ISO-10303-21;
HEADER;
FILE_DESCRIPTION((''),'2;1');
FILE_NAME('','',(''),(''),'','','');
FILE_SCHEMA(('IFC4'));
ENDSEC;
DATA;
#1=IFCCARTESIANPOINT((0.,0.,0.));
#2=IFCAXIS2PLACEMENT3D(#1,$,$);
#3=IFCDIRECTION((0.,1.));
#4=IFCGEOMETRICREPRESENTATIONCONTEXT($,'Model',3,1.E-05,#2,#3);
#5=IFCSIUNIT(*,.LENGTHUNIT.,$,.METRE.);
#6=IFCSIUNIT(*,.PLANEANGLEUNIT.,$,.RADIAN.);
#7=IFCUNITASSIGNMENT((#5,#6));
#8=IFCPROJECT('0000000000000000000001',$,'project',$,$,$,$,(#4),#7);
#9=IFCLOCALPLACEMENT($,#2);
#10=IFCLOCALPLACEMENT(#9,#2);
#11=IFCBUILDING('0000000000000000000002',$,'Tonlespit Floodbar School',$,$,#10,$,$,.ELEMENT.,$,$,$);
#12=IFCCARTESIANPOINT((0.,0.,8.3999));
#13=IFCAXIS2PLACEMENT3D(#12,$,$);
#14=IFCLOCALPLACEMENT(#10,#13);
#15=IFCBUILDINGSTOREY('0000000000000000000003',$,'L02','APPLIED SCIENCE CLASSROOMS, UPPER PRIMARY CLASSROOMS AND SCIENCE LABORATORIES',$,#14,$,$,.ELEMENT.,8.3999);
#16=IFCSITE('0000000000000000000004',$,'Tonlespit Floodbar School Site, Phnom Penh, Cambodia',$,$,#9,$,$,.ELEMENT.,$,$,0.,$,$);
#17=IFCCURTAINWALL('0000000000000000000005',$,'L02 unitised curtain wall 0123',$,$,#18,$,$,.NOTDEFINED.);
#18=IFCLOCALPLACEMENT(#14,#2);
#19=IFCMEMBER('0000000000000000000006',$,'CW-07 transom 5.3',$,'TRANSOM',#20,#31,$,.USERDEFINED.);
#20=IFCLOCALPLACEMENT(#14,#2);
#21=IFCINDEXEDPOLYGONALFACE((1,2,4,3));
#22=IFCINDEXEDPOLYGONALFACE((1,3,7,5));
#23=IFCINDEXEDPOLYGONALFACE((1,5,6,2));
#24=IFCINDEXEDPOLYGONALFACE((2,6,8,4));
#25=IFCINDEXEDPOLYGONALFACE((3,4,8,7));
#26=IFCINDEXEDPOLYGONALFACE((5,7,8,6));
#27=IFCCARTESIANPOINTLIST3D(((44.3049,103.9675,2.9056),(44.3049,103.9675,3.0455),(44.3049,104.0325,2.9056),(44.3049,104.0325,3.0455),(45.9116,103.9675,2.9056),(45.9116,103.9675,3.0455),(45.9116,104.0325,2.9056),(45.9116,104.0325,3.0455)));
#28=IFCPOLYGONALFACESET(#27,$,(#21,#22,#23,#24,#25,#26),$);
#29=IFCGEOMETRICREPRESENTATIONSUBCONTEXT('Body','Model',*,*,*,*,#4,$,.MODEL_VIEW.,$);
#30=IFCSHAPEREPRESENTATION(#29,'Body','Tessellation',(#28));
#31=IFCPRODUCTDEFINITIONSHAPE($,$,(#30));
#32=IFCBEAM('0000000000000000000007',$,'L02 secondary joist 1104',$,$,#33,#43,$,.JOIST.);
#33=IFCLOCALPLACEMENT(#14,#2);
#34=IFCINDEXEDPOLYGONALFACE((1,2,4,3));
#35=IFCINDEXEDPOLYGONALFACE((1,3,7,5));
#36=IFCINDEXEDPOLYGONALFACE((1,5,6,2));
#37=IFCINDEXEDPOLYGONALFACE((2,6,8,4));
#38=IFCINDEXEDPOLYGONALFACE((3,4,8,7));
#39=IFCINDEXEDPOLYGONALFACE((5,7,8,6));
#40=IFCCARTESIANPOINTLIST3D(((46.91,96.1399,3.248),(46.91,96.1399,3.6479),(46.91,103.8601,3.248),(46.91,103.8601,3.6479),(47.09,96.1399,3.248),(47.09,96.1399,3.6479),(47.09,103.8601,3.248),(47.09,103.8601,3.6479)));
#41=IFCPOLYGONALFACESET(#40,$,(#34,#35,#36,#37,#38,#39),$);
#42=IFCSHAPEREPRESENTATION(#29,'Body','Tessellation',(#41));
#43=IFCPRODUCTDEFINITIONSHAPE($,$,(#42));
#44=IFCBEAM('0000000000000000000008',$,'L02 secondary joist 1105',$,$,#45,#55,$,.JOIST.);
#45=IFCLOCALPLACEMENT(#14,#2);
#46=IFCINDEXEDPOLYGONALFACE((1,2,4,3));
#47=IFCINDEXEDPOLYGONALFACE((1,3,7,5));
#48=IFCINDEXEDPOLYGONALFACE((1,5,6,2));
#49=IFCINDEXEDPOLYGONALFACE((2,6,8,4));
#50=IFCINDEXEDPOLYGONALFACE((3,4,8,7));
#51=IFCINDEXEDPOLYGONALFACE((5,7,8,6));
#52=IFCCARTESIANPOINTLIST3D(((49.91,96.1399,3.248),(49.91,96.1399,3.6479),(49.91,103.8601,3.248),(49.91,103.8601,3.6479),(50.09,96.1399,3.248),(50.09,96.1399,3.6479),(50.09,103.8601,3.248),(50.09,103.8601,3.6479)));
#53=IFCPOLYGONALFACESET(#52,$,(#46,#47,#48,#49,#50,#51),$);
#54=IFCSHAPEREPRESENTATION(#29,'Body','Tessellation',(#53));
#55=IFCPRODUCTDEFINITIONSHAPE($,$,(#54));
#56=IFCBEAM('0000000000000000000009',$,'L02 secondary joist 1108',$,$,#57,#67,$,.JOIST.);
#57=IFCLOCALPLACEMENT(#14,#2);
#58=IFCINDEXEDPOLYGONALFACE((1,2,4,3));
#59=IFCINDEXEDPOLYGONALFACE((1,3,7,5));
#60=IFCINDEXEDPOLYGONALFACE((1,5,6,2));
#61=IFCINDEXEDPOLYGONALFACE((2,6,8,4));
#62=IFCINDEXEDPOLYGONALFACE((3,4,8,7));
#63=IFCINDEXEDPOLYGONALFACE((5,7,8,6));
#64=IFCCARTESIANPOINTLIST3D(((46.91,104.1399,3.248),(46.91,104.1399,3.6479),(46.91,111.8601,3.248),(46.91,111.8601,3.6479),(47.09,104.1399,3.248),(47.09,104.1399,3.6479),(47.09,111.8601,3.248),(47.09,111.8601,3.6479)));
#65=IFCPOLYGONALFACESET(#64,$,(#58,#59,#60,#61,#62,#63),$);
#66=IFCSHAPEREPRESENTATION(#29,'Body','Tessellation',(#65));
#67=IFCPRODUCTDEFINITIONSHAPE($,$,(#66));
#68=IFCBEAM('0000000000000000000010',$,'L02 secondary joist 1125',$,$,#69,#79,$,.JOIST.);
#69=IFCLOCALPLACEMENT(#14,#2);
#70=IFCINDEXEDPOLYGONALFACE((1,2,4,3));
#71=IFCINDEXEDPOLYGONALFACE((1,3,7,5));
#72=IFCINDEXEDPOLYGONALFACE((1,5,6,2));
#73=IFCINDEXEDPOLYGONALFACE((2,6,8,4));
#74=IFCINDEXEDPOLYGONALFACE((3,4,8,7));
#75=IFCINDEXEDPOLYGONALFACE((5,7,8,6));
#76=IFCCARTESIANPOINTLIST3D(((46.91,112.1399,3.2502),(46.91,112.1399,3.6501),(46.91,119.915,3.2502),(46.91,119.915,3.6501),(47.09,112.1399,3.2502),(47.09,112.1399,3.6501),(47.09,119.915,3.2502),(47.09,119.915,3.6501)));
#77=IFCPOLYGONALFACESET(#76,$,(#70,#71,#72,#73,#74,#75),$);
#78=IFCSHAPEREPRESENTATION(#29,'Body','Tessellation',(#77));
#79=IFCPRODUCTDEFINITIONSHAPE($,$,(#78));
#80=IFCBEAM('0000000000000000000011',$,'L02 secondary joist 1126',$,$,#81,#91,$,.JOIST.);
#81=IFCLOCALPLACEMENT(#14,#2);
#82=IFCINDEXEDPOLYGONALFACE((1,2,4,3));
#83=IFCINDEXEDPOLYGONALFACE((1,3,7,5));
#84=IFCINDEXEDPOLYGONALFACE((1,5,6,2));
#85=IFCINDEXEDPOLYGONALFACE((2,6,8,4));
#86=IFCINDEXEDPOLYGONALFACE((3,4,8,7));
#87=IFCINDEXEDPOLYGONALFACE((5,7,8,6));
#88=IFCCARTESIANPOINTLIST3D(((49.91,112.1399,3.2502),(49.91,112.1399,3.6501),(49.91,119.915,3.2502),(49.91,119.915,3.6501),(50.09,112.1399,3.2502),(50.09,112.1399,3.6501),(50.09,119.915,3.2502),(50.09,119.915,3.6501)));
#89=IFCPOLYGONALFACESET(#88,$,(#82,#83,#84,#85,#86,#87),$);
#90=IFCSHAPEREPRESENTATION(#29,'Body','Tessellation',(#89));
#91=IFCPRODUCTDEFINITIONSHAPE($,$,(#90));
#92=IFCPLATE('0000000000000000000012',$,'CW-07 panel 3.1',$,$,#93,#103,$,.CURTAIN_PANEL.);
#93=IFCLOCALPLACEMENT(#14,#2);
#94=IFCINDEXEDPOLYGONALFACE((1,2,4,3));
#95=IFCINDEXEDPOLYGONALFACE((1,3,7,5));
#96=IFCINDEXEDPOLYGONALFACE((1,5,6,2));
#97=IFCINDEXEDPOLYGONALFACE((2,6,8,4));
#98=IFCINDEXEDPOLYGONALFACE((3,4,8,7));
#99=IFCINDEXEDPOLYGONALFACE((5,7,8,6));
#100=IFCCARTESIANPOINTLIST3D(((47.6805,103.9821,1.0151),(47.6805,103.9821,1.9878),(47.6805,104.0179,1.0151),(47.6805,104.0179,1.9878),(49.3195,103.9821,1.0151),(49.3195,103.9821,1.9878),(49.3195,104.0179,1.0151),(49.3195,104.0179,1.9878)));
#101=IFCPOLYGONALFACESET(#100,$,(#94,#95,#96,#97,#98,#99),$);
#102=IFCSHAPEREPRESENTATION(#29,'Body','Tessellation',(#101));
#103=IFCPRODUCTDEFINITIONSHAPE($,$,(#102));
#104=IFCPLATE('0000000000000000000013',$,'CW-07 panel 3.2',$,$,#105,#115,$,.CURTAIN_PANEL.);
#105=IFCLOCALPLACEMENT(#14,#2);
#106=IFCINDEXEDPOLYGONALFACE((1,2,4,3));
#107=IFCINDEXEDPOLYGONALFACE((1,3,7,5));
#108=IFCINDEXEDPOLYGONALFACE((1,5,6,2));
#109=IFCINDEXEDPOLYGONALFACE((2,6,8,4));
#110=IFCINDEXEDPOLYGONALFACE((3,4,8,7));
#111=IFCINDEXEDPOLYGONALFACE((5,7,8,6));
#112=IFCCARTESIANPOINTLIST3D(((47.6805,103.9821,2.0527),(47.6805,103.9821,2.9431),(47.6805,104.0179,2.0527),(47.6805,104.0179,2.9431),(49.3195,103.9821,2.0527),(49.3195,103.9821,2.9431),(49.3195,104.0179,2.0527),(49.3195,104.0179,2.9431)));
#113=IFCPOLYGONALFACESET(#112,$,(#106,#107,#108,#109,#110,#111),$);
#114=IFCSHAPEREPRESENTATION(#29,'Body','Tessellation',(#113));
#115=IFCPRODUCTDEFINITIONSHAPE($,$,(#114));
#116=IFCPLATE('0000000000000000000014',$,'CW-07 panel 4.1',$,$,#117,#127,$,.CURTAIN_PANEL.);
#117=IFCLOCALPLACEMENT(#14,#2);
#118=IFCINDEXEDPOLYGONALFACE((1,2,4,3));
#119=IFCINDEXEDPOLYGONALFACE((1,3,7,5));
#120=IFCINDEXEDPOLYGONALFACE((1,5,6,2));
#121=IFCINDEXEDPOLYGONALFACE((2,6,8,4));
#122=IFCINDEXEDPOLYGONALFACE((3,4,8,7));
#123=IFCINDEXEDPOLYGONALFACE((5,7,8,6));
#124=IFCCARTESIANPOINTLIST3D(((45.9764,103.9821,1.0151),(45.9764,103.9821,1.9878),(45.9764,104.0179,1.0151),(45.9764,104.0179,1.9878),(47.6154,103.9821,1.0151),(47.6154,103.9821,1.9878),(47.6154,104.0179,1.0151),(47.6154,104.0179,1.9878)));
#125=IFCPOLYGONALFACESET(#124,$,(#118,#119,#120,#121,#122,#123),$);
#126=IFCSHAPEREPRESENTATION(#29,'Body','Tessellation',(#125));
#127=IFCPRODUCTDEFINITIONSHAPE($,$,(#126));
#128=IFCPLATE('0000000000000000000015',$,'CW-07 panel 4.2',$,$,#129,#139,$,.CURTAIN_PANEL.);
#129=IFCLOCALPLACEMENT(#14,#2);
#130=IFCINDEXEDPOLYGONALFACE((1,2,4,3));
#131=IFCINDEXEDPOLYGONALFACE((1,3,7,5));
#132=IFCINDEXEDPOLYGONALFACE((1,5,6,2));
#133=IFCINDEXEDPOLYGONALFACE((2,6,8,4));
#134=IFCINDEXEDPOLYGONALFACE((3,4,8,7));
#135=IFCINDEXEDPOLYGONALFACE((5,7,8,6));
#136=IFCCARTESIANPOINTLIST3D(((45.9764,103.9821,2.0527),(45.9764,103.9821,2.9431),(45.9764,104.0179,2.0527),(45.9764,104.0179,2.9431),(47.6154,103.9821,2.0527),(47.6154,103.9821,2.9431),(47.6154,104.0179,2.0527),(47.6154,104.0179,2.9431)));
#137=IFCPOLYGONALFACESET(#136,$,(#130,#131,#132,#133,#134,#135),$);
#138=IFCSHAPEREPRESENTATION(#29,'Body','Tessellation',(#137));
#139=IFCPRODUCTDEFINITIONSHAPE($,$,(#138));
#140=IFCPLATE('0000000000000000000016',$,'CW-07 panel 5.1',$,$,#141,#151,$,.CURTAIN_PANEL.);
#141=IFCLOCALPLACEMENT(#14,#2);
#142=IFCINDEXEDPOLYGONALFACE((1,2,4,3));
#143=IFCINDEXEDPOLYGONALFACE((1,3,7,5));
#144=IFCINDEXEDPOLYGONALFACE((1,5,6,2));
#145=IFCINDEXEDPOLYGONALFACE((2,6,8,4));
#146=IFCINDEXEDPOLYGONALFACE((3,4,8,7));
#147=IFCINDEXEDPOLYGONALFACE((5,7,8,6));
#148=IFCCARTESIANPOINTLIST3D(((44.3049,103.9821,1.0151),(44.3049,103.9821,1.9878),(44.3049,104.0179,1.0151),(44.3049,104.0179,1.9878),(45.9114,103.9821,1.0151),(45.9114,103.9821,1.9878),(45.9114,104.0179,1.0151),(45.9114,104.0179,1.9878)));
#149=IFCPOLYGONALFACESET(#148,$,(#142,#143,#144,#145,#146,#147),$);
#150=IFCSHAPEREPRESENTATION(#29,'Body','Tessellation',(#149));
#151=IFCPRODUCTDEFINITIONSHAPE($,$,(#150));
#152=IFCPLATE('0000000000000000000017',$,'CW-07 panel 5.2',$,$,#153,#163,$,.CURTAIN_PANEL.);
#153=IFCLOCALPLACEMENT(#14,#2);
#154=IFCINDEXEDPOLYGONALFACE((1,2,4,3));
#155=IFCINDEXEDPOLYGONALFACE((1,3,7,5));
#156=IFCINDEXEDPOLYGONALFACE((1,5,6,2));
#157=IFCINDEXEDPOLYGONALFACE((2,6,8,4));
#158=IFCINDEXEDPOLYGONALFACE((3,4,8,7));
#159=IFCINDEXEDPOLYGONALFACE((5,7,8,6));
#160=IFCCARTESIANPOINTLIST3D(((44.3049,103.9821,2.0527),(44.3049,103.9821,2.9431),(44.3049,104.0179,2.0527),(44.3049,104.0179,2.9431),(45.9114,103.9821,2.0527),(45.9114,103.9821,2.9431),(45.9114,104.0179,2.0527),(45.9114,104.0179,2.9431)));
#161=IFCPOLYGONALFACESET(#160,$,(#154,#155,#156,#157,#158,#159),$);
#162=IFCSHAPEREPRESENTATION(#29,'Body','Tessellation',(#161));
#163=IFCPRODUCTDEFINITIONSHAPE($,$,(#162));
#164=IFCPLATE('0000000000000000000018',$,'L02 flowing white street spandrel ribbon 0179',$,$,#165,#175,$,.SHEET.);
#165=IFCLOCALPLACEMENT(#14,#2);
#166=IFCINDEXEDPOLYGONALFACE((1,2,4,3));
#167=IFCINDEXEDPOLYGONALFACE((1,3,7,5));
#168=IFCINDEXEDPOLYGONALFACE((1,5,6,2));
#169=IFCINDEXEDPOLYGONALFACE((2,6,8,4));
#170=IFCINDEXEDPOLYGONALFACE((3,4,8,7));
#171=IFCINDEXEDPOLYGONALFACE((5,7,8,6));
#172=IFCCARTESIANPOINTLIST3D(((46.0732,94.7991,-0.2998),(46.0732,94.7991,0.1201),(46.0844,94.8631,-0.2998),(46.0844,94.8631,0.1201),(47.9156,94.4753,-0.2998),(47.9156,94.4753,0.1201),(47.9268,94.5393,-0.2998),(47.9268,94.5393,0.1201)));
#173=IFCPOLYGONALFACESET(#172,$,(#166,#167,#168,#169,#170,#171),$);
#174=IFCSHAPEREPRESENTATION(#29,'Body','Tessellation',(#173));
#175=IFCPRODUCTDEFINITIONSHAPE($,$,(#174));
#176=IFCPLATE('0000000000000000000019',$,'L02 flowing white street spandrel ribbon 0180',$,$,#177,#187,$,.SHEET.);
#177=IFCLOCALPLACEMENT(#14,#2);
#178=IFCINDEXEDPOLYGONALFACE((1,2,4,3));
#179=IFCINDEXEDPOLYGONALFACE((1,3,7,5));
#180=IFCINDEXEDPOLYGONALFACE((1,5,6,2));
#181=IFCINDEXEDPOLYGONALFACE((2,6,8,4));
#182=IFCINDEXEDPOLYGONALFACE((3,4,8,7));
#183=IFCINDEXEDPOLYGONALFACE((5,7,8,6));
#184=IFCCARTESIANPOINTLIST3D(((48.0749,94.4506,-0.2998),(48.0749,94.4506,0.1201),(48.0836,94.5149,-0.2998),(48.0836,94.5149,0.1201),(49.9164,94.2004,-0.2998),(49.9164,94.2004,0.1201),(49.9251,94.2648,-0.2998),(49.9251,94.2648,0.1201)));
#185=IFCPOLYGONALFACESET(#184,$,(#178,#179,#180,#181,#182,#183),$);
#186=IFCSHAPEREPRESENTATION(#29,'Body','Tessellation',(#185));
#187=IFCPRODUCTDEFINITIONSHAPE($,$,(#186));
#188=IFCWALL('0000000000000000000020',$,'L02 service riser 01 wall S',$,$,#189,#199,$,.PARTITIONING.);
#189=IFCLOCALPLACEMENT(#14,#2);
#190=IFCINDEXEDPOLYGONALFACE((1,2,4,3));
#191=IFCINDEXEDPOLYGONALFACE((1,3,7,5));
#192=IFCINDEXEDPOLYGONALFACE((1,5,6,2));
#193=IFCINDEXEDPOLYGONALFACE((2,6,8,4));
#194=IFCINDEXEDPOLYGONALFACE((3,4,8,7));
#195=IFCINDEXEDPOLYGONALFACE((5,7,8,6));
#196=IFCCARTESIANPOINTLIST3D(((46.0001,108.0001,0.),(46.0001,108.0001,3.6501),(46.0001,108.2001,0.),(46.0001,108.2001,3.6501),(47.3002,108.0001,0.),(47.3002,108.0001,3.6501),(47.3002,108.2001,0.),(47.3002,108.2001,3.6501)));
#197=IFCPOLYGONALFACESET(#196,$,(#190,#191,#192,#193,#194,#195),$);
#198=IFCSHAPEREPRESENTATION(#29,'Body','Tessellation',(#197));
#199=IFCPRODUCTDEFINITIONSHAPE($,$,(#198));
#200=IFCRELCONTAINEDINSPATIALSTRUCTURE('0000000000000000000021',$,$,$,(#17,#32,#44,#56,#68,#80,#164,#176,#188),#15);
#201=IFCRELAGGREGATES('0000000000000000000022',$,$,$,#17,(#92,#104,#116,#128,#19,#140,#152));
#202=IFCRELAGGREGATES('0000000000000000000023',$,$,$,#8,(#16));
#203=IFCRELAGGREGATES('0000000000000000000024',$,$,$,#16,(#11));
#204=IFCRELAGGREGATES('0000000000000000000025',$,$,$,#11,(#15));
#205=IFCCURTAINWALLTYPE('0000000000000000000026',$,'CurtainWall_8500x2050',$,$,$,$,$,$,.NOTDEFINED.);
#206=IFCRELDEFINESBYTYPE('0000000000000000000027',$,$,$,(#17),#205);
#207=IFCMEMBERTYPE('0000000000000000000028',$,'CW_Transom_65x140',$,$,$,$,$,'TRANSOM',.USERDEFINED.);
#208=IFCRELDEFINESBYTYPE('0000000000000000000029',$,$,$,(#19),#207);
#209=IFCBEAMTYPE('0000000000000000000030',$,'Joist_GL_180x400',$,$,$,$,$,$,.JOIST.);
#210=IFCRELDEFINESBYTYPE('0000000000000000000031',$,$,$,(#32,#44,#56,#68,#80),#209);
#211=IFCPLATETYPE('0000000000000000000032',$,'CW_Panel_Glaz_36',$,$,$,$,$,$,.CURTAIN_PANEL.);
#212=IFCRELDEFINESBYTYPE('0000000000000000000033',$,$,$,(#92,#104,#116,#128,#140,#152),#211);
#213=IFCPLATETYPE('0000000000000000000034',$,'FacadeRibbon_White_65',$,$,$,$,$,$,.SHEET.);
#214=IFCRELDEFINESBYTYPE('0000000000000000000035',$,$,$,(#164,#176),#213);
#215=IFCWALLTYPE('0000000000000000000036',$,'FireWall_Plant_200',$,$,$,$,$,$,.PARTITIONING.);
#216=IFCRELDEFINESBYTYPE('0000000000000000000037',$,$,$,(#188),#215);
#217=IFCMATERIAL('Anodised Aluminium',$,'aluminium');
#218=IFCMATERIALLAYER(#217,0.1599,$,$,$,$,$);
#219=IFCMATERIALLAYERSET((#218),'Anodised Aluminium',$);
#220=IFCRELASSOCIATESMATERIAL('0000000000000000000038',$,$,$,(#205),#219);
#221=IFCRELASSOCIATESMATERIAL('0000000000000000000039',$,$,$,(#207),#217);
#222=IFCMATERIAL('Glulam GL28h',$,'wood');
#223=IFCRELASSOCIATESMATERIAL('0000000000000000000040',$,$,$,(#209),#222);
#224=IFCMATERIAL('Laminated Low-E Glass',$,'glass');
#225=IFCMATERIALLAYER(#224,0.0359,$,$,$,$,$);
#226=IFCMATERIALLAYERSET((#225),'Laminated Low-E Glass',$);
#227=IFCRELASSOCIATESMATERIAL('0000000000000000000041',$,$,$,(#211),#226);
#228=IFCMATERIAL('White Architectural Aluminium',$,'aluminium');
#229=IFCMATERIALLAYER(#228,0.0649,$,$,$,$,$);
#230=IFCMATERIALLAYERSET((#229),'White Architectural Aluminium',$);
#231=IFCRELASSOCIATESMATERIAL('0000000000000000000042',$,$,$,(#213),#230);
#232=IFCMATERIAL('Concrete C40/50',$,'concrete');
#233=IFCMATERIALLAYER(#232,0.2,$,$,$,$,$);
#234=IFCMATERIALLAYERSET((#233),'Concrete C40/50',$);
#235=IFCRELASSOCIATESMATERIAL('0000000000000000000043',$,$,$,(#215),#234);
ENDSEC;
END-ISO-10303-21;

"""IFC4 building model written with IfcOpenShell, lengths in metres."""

from ifc_helpers import new_model, si_unit, direction, frame, frame_2d, origin, origin_2d, place, context, subcontext, project, spatial, rectangle, extrude, material, layer, layer_set, material_profile, profile_set, type_object, element, aggregate, save


model = new_model("IFC4")

# Units and contexts
model_context = context("Model", 3, precision=1e-05, world=origin(), true_north=direction((0.0, 1.0)))
body_context = subcontext(model_context, "Body", "Model", "MODEL_VIEW")
ifc_project = project(units=[si_unit("LENGTHUNIT", "METRE"), si_unit("PLANEANGLEUNIT", "RADIAN")], contexts=[model_context])

# Site, building, storey
site_placement = place(None, origin())
site = spatial("IfcSite", under=ifc_project, at=site_placement, Name="Tonlespit Floodbar School Site, Phnom Penh, Cambodia", CompositionType="ELEMENT", RefElevation=0.0)
building_placement = place(site_placement, origin())
building = spatial("IfcBuilding", under=site, at=building_placement, Name="Tonlespit Floodbar School", CompositionType="ELEMENT")
storey_placement = place(building_placement, frame((0.0, 0.0, 8.3999)))
storey = spatial("IfcBuildingStorey", under=building, at=storey_placement, Name="L02", Description="APPLIED SCIENCE CLASSROOMS, UPPER PRIMARY CLASSROOMS AND SCIENCE LABORATORIES", CompositionType="ELEMENT", Elevation=8.3999)

# Shared definitions
ifc_material_1 = material(Name="Glulam GL28h", Category="wood")

# Curtain wall, member
ifc_material_2 = material(Name="Anodised Aluminium", Category="aluminium")
ifc_layer_1 = layer(ifc_material_2, 0.1599)
ifc_layer_set_1 = layer_set([ifc_layer_1], Name="Anodised Aluminium")
curtain_wall_type = type_object("IfcCurtainWallType", Name="CurtainWall_8500x2050", PredefinedType="NOTDEFINED", material=ifc_layer_set_1)
curtain_wall_placement = place(storey_placement, origin())
curtain_wall = element("IfcCurtainWall", 1, at=curtain_wall_placement, inside=storey, type_object=curtain_wall_type, Name="L02 unitised curtain wall 0123", PredefinedType="NOTDEFINED")
ifc_material_profile_1 = material_profile(ifc_material_2, rectangle(XDim=0.0649, YDim=0.1399, at=origin_2d()), Name="ALU T65x140")
ifc_profile_set_1 = profile_set([ifc_material_profile_1], Name="Anodised Aluminium")
member_type_1 = type_object("IfcMemberType", Name="CW_Transom_65x140", ElementType="TRANSOM", PredefinedType="USERDEFINED", material=ifc_profile_set_1)
member_1_placement = place(storey_placement, frame((45.9116, 104.0, 2.9756), z_axis=(-1.0, 0.0, 0.0), x_axis=(0.0, -1.0, 0.0)))
member_1 = element("IfcMember", 2, at=member_1_placement, type_object=member_type_1, Name="CW-07 transom 5.3", ObjectType="TRANSOM", PredefinedType="USERDEFINED", context=body_context, shape_type="SweptSolid", body=[
    extrude(rectangle(XDim=0.0649, YDim=0.1399, at=origin_2d()), origin(), (0.0, 0.0, 1.0), 1.6067),
])

# Beams
ifc_material_profile_2 = material_profile(ifc_material_1, rectangle(XDim=0.1799, YDim=0.3999, at=origin_2d()), Name="GL 180x400")
ifc_profile_set_2 = profile_set([ifc_material_profile_2], Name="Glulam GL28h")
beam_type_1 = type_object("IfcBeamType", Name="Joist_GL_180x400", PredefinedType="JOIST", material=ifc_profile_set_2)
for number, where, z_axis, x_axis, name in (
    (3, (47.0, 96.1399, 3.448), (0.0, 1.0, 0.0), (-1.0, 0.0, 0.0), "L02 secondary joist 1104"),
    (4, (50.0, 96.1399, 3.448), (0.0, 1.0, 0.0), (-1.0, 0.0, 0.0), "L02 secondary joist 1105"),
    (5, (47.0, 104.1399, 3.448), (0.0, 1.0, 0.0), (-1.0, 0.0, 0.0), "L02 secondary joist 1108"),
):
    element("IfcBeam", number, at=place(storey_placement, frame(where, z_axis=z_axis, x_axis=x_axis)), inside=storey, type_object=beam_type_1, Name=name, PredefinedType="JOIST", context=body_context, shape_type="SweptSolid", body=[
        extrude(rectangle(XDim=0.1799, YDim=0.3999, at=origin_2d()), origin(), (0.0, 0.0, 1.0), 7.7202),
    ])
for number, where, z_axis, x_axis, name in (
    (6, (47.0, 112.1399, 3.4502), (0.0, 1.0, 0.0), (-1.0, 0.0, 0.0), "L02 secondary joist 1125"),
    (7, (50.0, 112.1399, 3.4502), (0.0, 1.0, 0.0), (-1.0, 0.0, 0.0), "L02 secondary joist 1126"),
):
    element("IfcBeam", number, at=place(storey_placement, frame(where, z_axis=z_axis, x_axis=x_axis)), inside=storey, type_object=beam_type_1, Name=name, PredefinedType="JOIST", context=body_context, shape_type="SweptSolid", body=[
        extrude(rectangle(XDim=0.1799, YDim=0.3999, at=origin_2d()), origin(), (0.0, 0.0, 1.0), 7.7751),
    ])

# Plates
ifc_material_3 = material(Name="Laminated Low-E Glass", Category="glass")
ifc_layer_2 = layer(ifc_material_3, 0.0359)
ifc_layer_set_2 = layer_set([ifc_layer_2], Name="Laminated Low-E Glass")
plate_type_1 = type_object("IfcPlateType", Name="CW_Panel_Glaz_36", PredefinedType="CURTAIN_PANEL", material=ifc_layer_set_2)
plate_1_placement = place(storey_placement, frame((48.5, 104.0, 1.0151), z_axis=(0.0, 0.0, 1.0), x_axis=(-1.0, 0.0, 0.0)))
plate_1 = element("IfcPlate", 8, at=plate_1_placement, type_object=plate_type_1, Name="CW-07 panel 3.1", PredefinedType="CURTAIN_PANEL", context=body_context, shape_type="SweptSolid", body=[
    extrude(rectangle(XDim=1.6389, YDim=0.0359, at=origin_2d()), origin(), (0.0, 0.0, 1.0), 0.9727),
])
plate_2_placement = place(storey_placement, frame((48.5, 104.0, 2.0527), z_axis=(0.0, 0.0, 1.0), x_axis=(-1.0, 0.0, 0.0)))
plate_2 = element("IfcPlate", 9, at=plate_2_placement, type_object=plate_type_1, Name="CW-07 panel 3.2", PredefinedType="CURTAIN_PANEL", context=body_context, shape_type="SweptSolid", body=[
    extrude(rectangle(XDim=1.6389, YDim=0.0359, at=origin_2d()), origin(), (0.0, 0.0, 1.0), 0.8904),
])
plate_3_placement = place(storey_placement, frame((46.7959, 104.0, 1.0151), z_axis=(0.0, 0.0, 1.0), x_axis=(-1.0, 0.0, 0.0)))
plate_3 = element("IfcPlate", 10, at=plate_3_placement, type_object=plate_type_1, Name="CW-07 panel 4.1", PredefinedType="CURTAIN_PANEL", context=body_context, shape_type="SweptSolid", body=[
    extrude(rectangle(XDim=1.6389, YDim=0.0359, at=origin_2d()), origin(), (0.0, 0.0, 1.0), 0.9727),
])
plate_4_placement = place(storey_placement, frame((46.7959, 104.0, 2.0527), z_axis=(0.0, 0.0, 1.0), x_axis=(-1.0, 0.0, 0.0)))
plate_4 = element("IfcPlate", 11, at=plate_4_placement, type_object=plate_type_1, Name="CW-07 panel 4.2", PredefinedType="CURTAIN_PANEL", context=body_context, shape_type="SweptSolid", body=[
    extrude(rectangle(XDim=1.6389, YDim=0.0359, at=origin_2d()), origin(), (0.0, 0.0, 1.0), 0.8904),
])
plate_5_placement = place(storey_placement, frame((45.1082, 104.0, 1.0151), z_axis=(0.0, 0.0, 1.0), x_axis=(-1.0, 0.0, 0.0)))
plate_5 = element("IfcPlate", 12, at=plate_5_placement, type_object=plate_type_1, Name="CW-07 panel 5.1", PredefinedType="CURTAIN_PANEL", context=body_context, shape_type="SweptSolid", body=[
    extrude(rectangle(XDim=1.6064, YDim=0.0359, at=origin_2d()), origin(), (0.0, 0.0, 1.0), 0.9727),
])
plate_6_placement = place(storey_placement, frame((45.1082, 104.0, 2.0527), z_axis=(0.0, 0.0, 1.0), x_axis=(-1.0, 0.0, 0.0)))
plate_6 = element("IfcPlate", 13, at=plate_6_placement, type_object=plate_type_1, Name="CW-07 panel 5.2", PredefinedType="CURTAIN_PANEL", context=body_context, shape_type="SweptSolid", body=[
    extrude(rectangle(XDim=1.6064, YDim=0.0359, at=origin_2d()), origin(), (0.0, 0.0, 1.0), 0.8904),
])
aggregate(curtain_wall, [plate_1, plate_2, plate_3, plate_4, member_1, plate_5, plate_6])

# Plates
ifc_material_4 = material(Name="White Architectural Aluminium", Category="aluminium")
ifc_layer_3 = layer(ifc_material_4, 0.0649)
ifc_layer_set_3 = layer_set([ifc_layer_3], Name="White Architectural Aluminium")
plate_type_2 = type_object("IfcPlateType", Name="FacadeRibbon_White_65", PredefinedType="SHEET", material=ifc_layer_set_3)
plate_7_placement = place(storey_placement, frame((47.0, 94.6692, -0.2998), z_axis=(0.0, 0.0, 1.0), x_axis=(0.984905, -0.173096, 0.0)))
element("IfcPlate", 14, at=plate_7_placement, inside=storey, type_object=plate_type_2, Name="L02 flowing white street spandrel ribbon 0179", PredefinedType="SHEET", context=body_context, shape_type="SweptSolid", body=[
    extrude(rectangle(XDim=1.8706, YDim=0.0649, at=origin_2d()), origin(), (0.0, 0.0, 1.0), 0.4199),
])
plate_8_placement = place(storey_placement, frame((49.0, 94.3577, -0.2998), z_axis=(0.0, 0.0, 1.0), x_axis=(0.990898, -0.134614, 0.0)))
element("IfcPlate", 15, at=plate_8_placement, inside=storey, type_object=plate_type_2, Name="L02 flowing white street spandrel ribbon 0180", PredefinedType="SHEET", context=body_context, shape_type="SweptSolid", body=[
    extrude(rectangle(XDim=1.8584, YDim=0.0649, at=origin_2d()), origin(), (0.0, 0.0, 1.0), 0.4199),
])

# Wall
ifc_material_5 = material(Name="Concrete C40/50", Category="concrete")
ifc_layer_4 = layer(ifc_material_5, 0.2)
ifc_layer_set_4 = layer_set([ifc_layer_4], Name="Concrete C40/50")
wall_type_1 = type_object("IfcWallType", Name="FireWall_Plant_200", PredefinedType="PARTITIONING", material=ifc_layer_set_4)
for number, where, z_axis, x_axis, name in (
    (16, (47.3, 108.1001, 0.0), (0.0, 0.0, 1.0), (-1.0, 0.0, 0.0), "L02 service riser 01 wall S"),
):
    element("IfcWall", number, at=place(storey_placement, frame(where, z_axis=z_axis, x_axis=x_axis)), inside=storey, type_object=wall_type_1, Name=name, PredefinedType="PARTITIONING", context=body_context, shape_type="SweptSolid", body=[
        extrude(rectangle(XDim=1.3, YDim=0.2, at=frame_2d((0.6499, 0.0))), origin(), (0.0, 0.0, 1.0), 3.6501),
    ])

save(model, "model.ifc")
